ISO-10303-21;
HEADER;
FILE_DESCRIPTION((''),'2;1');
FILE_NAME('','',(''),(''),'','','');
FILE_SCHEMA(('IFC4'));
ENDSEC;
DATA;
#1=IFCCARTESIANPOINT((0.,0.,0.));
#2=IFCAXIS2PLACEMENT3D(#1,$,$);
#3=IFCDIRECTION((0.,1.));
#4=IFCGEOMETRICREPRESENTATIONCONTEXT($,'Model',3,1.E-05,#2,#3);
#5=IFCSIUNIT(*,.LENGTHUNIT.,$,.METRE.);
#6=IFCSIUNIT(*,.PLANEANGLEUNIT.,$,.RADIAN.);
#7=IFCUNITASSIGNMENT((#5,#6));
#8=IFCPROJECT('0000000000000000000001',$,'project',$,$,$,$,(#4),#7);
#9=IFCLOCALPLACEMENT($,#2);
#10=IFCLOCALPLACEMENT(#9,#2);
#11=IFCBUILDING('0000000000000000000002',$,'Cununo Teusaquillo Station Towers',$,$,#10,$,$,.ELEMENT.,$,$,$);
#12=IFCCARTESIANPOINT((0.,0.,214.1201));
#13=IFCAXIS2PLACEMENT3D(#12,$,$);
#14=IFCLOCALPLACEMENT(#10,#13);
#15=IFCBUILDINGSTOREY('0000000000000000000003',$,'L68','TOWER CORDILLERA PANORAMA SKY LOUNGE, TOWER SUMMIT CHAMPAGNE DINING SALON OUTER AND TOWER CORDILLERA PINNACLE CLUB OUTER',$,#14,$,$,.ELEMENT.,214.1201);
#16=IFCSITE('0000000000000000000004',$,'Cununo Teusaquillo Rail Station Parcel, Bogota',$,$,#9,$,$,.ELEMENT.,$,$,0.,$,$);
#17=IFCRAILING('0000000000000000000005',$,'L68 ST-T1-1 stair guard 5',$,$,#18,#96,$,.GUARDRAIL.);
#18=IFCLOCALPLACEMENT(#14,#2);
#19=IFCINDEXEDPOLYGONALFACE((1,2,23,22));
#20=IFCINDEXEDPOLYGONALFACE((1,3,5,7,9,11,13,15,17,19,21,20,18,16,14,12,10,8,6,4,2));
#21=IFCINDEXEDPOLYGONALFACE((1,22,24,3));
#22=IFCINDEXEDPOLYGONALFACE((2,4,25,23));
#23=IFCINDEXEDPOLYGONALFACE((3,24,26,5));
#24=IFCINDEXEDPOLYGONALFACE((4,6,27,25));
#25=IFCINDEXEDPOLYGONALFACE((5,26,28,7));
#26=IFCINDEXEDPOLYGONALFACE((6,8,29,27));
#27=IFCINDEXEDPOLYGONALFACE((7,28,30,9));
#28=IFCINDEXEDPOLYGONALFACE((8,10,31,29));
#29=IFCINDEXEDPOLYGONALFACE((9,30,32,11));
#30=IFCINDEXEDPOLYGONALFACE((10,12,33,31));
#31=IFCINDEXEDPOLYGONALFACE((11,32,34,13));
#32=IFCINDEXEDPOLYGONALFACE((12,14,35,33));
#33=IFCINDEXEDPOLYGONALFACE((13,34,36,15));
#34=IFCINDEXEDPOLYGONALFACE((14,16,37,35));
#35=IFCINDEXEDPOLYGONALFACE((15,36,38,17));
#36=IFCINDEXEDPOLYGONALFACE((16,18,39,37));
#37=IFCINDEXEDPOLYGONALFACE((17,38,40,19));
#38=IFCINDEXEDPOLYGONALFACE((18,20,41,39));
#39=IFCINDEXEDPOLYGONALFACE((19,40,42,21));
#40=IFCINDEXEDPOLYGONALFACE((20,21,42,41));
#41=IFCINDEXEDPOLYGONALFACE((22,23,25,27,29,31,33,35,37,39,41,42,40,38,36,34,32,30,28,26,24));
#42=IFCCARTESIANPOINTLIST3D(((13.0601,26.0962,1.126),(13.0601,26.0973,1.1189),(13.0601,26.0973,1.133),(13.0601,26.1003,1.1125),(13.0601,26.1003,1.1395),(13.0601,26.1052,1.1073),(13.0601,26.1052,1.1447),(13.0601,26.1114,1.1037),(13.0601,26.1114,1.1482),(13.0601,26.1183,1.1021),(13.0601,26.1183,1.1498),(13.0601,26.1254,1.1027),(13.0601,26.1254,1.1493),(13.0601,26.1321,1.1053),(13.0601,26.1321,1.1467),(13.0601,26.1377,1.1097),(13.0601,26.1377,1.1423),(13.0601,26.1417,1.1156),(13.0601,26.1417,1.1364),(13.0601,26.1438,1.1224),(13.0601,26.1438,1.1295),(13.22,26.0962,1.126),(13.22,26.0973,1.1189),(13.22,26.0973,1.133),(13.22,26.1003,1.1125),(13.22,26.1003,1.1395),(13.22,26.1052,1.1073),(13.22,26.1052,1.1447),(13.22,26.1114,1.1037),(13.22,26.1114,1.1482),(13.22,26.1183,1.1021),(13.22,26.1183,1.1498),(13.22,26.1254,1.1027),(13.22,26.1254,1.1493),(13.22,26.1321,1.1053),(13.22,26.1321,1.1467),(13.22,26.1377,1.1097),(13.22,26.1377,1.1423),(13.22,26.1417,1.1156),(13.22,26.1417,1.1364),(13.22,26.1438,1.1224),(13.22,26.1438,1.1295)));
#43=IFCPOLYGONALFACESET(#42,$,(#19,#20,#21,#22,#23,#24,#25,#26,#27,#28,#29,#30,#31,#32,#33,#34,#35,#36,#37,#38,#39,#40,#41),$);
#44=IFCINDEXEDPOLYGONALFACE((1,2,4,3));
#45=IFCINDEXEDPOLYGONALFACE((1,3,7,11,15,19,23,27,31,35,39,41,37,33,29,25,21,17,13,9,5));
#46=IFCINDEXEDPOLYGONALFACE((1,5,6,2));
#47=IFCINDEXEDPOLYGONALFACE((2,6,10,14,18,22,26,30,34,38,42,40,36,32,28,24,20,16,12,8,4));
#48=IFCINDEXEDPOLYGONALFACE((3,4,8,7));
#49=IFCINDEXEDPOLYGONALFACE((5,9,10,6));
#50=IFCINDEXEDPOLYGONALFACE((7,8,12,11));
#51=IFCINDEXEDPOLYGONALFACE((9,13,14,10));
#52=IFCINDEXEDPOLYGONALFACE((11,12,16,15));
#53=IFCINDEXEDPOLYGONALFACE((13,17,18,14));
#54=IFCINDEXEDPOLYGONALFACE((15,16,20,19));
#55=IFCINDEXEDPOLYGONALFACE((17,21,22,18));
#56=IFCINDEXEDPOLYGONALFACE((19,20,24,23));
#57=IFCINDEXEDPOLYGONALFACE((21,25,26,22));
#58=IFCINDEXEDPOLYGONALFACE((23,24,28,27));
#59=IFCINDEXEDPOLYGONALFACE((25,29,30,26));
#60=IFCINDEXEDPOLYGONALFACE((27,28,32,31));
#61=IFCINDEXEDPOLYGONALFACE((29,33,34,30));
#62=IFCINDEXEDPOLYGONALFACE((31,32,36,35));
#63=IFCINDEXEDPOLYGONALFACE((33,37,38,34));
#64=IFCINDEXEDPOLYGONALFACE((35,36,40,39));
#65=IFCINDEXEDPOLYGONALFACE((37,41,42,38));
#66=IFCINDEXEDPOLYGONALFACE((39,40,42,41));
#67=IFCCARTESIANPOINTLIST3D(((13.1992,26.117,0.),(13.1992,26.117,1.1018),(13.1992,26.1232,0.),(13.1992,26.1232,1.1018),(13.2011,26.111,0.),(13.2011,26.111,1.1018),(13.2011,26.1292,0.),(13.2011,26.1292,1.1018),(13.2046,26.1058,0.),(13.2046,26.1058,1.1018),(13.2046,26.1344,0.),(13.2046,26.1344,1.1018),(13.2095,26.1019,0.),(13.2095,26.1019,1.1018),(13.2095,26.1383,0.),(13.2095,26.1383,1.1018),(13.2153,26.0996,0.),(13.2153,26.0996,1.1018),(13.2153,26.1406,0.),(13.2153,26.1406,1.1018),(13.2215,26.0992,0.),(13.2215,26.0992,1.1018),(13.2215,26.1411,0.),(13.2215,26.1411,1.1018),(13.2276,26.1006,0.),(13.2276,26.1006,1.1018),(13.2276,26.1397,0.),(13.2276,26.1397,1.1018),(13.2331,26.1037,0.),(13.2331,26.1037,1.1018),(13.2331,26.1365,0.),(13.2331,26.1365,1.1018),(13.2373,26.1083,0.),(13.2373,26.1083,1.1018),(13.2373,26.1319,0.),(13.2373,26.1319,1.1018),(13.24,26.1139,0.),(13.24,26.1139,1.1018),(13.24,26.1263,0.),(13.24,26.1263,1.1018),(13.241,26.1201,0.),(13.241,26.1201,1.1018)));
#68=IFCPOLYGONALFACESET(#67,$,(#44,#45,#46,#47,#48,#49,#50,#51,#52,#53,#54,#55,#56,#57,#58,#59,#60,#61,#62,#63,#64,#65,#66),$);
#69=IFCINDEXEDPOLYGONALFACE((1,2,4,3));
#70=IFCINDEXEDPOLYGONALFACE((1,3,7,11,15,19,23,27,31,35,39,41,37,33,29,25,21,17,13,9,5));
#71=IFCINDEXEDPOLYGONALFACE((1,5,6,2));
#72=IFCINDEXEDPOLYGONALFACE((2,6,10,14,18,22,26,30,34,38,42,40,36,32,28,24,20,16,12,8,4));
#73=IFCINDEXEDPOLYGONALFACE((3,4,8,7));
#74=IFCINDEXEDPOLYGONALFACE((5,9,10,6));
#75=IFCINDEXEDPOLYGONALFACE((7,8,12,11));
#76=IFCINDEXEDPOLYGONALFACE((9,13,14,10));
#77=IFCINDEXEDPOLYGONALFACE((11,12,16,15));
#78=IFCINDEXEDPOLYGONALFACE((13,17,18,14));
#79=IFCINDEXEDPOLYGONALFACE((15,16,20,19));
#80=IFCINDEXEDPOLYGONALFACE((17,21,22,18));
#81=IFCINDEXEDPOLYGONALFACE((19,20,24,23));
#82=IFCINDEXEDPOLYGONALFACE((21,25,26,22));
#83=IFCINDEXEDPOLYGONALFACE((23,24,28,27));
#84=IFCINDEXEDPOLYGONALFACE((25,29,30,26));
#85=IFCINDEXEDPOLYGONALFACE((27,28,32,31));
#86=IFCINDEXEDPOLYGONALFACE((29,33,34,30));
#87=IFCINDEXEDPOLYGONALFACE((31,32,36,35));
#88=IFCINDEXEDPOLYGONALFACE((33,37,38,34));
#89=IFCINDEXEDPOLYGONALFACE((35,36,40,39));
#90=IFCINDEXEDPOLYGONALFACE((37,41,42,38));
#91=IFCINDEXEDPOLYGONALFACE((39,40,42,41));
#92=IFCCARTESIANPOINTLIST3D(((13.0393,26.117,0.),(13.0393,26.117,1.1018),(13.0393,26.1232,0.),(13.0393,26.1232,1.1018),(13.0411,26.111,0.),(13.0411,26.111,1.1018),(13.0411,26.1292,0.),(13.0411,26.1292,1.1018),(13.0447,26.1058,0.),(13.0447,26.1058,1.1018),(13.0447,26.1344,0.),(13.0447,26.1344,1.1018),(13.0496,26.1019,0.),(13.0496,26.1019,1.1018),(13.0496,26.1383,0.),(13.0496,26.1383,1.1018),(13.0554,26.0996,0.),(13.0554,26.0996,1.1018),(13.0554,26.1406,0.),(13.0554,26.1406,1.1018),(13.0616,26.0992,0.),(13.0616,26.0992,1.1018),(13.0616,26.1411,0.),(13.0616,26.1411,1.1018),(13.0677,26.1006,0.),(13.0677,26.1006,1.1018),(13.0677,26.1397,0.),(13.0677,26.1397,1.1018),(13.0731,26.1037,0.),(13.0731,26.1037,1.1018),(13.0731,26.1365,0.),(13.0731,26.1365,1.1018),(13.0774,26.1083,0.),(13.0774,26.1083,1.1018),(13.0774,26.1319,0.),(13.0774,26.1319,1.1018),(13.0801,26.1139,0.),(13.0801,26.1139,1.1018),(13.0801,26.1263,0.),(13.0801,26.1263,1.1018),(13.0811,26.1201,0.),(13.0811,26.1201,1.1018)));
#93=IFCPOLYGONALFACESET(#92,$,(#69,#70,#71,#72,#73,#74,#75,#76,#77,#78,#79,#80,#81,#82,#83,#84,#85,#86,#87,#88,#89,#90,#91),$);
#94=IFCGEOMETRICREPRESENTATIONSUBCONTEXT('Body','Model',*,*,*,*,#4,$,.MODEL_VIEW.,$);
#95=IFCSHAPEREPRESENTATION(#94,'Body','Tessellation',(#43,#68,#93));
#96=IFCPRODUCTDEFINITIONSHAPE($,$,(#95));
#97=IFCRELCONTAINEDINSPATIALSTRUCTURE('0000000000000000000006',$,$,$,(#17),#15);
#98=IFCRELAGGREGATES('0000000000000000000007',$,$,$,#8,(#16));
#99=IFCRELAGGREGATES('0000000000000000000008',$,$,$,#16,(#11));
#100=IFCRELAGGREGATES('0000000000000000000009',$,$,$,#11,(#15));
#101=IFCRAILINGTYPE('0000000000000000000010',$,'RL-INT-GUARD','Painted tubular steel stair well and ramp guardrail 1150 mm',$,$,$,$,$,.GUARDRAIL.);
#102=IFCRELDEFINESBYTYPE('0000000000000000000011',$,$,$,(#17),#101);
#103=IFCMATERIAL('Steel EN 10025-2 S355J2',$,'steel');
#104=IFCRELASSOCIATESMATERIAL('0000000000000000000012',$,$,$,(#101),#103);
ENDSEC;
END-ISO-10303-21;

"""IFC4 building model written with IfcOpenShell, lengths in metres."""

from ifc_helpers import new_model, si_unit, direction, frame, origin, origin_2d, place, context, subcontext, project, spatial, circle, extrude, material, type_object, element, save


model = new_model("IFC4")

# Units and contexts
model_context = context("Model", 3, precision=1e-05, world=origin(), true_north=direction((0.0, 1.0)))
body_context = subcontext(model_context, "Body", "Model", "MODEL_VIEW")
ifc_project = project(units=[si_unit("LENGTHUNIT", "METRE"), si_unit("PLANEANGLEUNIT", "RADIAN")], contexts=[model_context])

# Site, building, storey
site_placement = place(None, origin())
site = spatial("IfcSite", under=ifc_project, at=site_placement, Name="Cununo Teusaquillo Rail Station Parcel, Bogota", CompositionType="ELEMENT", RefElevation=0.0)
building_placement = place(site_placement, origin())
building = spatial("IfcBuilding", under=site, at=building_placement, Name="Cununo Teusaquillo Station Towers", CompositionType="ELEMENT")
storey_placement = place(building_placement, frame((0.0, 0.0, 214.1201)))
storey = spatial("IfcBuildingStorey", under=building, at=storey_placement, Name="L68", Description="TOWER CORDILLERA PANORAMA SKY LOUNGE, TOWER SUMMIT CHAMPAGNE DINING SALON OUTER AND TOWER CORDILLERA PINNACLE CLUB OUTER", CompositionType="ELEMENT", Elevation=214.1201)

# Railing
ifc_material_1 = material(Name="Steel EN 10025-2 S355J2", Category="steel")
railing_type_1 = type_object("IfcRailingType", Name="RL-INT-GUARD", Description="Painted tubular steel stair well and ramp guardrail 1150 mm", PredefinedType="GUARDRAIL", material=ifc_material_1)
railing_1_placement = place(storey_placement, frame((13.22, 26.1201, 0.0)))
element("IfcRailing", 1, at=railing_1_placement, inside=storey, type_object=railing_type_1, Name="L68 ST-T1-1 stair guard 5", PredefinedType="GUARDRAIL", context=body_context, shape_type="SweptSolid", body=[
    extrude(circle(Radius=0.0239, at=origin_2d()), frame((0.0, 0.0, 1.126), z_axis=(-1.0, 0.0, 0.0), x_axis=(0.0, -1.0, 0.0)), (0.0, 0.0, 1.0), 0.1599),
    extrude(circle(Radius=0.021, at=origin_2d()), origin(), (0.0, 0.0, 1.0), 1.1018),
    extrude(circle(Radius=0.021, at=origin_2d()), frame((-0.1599, 0.0, 0.0)), (0.0, 0.0, 1.0), 1.1018),
])

save(model, "model.ifc")
